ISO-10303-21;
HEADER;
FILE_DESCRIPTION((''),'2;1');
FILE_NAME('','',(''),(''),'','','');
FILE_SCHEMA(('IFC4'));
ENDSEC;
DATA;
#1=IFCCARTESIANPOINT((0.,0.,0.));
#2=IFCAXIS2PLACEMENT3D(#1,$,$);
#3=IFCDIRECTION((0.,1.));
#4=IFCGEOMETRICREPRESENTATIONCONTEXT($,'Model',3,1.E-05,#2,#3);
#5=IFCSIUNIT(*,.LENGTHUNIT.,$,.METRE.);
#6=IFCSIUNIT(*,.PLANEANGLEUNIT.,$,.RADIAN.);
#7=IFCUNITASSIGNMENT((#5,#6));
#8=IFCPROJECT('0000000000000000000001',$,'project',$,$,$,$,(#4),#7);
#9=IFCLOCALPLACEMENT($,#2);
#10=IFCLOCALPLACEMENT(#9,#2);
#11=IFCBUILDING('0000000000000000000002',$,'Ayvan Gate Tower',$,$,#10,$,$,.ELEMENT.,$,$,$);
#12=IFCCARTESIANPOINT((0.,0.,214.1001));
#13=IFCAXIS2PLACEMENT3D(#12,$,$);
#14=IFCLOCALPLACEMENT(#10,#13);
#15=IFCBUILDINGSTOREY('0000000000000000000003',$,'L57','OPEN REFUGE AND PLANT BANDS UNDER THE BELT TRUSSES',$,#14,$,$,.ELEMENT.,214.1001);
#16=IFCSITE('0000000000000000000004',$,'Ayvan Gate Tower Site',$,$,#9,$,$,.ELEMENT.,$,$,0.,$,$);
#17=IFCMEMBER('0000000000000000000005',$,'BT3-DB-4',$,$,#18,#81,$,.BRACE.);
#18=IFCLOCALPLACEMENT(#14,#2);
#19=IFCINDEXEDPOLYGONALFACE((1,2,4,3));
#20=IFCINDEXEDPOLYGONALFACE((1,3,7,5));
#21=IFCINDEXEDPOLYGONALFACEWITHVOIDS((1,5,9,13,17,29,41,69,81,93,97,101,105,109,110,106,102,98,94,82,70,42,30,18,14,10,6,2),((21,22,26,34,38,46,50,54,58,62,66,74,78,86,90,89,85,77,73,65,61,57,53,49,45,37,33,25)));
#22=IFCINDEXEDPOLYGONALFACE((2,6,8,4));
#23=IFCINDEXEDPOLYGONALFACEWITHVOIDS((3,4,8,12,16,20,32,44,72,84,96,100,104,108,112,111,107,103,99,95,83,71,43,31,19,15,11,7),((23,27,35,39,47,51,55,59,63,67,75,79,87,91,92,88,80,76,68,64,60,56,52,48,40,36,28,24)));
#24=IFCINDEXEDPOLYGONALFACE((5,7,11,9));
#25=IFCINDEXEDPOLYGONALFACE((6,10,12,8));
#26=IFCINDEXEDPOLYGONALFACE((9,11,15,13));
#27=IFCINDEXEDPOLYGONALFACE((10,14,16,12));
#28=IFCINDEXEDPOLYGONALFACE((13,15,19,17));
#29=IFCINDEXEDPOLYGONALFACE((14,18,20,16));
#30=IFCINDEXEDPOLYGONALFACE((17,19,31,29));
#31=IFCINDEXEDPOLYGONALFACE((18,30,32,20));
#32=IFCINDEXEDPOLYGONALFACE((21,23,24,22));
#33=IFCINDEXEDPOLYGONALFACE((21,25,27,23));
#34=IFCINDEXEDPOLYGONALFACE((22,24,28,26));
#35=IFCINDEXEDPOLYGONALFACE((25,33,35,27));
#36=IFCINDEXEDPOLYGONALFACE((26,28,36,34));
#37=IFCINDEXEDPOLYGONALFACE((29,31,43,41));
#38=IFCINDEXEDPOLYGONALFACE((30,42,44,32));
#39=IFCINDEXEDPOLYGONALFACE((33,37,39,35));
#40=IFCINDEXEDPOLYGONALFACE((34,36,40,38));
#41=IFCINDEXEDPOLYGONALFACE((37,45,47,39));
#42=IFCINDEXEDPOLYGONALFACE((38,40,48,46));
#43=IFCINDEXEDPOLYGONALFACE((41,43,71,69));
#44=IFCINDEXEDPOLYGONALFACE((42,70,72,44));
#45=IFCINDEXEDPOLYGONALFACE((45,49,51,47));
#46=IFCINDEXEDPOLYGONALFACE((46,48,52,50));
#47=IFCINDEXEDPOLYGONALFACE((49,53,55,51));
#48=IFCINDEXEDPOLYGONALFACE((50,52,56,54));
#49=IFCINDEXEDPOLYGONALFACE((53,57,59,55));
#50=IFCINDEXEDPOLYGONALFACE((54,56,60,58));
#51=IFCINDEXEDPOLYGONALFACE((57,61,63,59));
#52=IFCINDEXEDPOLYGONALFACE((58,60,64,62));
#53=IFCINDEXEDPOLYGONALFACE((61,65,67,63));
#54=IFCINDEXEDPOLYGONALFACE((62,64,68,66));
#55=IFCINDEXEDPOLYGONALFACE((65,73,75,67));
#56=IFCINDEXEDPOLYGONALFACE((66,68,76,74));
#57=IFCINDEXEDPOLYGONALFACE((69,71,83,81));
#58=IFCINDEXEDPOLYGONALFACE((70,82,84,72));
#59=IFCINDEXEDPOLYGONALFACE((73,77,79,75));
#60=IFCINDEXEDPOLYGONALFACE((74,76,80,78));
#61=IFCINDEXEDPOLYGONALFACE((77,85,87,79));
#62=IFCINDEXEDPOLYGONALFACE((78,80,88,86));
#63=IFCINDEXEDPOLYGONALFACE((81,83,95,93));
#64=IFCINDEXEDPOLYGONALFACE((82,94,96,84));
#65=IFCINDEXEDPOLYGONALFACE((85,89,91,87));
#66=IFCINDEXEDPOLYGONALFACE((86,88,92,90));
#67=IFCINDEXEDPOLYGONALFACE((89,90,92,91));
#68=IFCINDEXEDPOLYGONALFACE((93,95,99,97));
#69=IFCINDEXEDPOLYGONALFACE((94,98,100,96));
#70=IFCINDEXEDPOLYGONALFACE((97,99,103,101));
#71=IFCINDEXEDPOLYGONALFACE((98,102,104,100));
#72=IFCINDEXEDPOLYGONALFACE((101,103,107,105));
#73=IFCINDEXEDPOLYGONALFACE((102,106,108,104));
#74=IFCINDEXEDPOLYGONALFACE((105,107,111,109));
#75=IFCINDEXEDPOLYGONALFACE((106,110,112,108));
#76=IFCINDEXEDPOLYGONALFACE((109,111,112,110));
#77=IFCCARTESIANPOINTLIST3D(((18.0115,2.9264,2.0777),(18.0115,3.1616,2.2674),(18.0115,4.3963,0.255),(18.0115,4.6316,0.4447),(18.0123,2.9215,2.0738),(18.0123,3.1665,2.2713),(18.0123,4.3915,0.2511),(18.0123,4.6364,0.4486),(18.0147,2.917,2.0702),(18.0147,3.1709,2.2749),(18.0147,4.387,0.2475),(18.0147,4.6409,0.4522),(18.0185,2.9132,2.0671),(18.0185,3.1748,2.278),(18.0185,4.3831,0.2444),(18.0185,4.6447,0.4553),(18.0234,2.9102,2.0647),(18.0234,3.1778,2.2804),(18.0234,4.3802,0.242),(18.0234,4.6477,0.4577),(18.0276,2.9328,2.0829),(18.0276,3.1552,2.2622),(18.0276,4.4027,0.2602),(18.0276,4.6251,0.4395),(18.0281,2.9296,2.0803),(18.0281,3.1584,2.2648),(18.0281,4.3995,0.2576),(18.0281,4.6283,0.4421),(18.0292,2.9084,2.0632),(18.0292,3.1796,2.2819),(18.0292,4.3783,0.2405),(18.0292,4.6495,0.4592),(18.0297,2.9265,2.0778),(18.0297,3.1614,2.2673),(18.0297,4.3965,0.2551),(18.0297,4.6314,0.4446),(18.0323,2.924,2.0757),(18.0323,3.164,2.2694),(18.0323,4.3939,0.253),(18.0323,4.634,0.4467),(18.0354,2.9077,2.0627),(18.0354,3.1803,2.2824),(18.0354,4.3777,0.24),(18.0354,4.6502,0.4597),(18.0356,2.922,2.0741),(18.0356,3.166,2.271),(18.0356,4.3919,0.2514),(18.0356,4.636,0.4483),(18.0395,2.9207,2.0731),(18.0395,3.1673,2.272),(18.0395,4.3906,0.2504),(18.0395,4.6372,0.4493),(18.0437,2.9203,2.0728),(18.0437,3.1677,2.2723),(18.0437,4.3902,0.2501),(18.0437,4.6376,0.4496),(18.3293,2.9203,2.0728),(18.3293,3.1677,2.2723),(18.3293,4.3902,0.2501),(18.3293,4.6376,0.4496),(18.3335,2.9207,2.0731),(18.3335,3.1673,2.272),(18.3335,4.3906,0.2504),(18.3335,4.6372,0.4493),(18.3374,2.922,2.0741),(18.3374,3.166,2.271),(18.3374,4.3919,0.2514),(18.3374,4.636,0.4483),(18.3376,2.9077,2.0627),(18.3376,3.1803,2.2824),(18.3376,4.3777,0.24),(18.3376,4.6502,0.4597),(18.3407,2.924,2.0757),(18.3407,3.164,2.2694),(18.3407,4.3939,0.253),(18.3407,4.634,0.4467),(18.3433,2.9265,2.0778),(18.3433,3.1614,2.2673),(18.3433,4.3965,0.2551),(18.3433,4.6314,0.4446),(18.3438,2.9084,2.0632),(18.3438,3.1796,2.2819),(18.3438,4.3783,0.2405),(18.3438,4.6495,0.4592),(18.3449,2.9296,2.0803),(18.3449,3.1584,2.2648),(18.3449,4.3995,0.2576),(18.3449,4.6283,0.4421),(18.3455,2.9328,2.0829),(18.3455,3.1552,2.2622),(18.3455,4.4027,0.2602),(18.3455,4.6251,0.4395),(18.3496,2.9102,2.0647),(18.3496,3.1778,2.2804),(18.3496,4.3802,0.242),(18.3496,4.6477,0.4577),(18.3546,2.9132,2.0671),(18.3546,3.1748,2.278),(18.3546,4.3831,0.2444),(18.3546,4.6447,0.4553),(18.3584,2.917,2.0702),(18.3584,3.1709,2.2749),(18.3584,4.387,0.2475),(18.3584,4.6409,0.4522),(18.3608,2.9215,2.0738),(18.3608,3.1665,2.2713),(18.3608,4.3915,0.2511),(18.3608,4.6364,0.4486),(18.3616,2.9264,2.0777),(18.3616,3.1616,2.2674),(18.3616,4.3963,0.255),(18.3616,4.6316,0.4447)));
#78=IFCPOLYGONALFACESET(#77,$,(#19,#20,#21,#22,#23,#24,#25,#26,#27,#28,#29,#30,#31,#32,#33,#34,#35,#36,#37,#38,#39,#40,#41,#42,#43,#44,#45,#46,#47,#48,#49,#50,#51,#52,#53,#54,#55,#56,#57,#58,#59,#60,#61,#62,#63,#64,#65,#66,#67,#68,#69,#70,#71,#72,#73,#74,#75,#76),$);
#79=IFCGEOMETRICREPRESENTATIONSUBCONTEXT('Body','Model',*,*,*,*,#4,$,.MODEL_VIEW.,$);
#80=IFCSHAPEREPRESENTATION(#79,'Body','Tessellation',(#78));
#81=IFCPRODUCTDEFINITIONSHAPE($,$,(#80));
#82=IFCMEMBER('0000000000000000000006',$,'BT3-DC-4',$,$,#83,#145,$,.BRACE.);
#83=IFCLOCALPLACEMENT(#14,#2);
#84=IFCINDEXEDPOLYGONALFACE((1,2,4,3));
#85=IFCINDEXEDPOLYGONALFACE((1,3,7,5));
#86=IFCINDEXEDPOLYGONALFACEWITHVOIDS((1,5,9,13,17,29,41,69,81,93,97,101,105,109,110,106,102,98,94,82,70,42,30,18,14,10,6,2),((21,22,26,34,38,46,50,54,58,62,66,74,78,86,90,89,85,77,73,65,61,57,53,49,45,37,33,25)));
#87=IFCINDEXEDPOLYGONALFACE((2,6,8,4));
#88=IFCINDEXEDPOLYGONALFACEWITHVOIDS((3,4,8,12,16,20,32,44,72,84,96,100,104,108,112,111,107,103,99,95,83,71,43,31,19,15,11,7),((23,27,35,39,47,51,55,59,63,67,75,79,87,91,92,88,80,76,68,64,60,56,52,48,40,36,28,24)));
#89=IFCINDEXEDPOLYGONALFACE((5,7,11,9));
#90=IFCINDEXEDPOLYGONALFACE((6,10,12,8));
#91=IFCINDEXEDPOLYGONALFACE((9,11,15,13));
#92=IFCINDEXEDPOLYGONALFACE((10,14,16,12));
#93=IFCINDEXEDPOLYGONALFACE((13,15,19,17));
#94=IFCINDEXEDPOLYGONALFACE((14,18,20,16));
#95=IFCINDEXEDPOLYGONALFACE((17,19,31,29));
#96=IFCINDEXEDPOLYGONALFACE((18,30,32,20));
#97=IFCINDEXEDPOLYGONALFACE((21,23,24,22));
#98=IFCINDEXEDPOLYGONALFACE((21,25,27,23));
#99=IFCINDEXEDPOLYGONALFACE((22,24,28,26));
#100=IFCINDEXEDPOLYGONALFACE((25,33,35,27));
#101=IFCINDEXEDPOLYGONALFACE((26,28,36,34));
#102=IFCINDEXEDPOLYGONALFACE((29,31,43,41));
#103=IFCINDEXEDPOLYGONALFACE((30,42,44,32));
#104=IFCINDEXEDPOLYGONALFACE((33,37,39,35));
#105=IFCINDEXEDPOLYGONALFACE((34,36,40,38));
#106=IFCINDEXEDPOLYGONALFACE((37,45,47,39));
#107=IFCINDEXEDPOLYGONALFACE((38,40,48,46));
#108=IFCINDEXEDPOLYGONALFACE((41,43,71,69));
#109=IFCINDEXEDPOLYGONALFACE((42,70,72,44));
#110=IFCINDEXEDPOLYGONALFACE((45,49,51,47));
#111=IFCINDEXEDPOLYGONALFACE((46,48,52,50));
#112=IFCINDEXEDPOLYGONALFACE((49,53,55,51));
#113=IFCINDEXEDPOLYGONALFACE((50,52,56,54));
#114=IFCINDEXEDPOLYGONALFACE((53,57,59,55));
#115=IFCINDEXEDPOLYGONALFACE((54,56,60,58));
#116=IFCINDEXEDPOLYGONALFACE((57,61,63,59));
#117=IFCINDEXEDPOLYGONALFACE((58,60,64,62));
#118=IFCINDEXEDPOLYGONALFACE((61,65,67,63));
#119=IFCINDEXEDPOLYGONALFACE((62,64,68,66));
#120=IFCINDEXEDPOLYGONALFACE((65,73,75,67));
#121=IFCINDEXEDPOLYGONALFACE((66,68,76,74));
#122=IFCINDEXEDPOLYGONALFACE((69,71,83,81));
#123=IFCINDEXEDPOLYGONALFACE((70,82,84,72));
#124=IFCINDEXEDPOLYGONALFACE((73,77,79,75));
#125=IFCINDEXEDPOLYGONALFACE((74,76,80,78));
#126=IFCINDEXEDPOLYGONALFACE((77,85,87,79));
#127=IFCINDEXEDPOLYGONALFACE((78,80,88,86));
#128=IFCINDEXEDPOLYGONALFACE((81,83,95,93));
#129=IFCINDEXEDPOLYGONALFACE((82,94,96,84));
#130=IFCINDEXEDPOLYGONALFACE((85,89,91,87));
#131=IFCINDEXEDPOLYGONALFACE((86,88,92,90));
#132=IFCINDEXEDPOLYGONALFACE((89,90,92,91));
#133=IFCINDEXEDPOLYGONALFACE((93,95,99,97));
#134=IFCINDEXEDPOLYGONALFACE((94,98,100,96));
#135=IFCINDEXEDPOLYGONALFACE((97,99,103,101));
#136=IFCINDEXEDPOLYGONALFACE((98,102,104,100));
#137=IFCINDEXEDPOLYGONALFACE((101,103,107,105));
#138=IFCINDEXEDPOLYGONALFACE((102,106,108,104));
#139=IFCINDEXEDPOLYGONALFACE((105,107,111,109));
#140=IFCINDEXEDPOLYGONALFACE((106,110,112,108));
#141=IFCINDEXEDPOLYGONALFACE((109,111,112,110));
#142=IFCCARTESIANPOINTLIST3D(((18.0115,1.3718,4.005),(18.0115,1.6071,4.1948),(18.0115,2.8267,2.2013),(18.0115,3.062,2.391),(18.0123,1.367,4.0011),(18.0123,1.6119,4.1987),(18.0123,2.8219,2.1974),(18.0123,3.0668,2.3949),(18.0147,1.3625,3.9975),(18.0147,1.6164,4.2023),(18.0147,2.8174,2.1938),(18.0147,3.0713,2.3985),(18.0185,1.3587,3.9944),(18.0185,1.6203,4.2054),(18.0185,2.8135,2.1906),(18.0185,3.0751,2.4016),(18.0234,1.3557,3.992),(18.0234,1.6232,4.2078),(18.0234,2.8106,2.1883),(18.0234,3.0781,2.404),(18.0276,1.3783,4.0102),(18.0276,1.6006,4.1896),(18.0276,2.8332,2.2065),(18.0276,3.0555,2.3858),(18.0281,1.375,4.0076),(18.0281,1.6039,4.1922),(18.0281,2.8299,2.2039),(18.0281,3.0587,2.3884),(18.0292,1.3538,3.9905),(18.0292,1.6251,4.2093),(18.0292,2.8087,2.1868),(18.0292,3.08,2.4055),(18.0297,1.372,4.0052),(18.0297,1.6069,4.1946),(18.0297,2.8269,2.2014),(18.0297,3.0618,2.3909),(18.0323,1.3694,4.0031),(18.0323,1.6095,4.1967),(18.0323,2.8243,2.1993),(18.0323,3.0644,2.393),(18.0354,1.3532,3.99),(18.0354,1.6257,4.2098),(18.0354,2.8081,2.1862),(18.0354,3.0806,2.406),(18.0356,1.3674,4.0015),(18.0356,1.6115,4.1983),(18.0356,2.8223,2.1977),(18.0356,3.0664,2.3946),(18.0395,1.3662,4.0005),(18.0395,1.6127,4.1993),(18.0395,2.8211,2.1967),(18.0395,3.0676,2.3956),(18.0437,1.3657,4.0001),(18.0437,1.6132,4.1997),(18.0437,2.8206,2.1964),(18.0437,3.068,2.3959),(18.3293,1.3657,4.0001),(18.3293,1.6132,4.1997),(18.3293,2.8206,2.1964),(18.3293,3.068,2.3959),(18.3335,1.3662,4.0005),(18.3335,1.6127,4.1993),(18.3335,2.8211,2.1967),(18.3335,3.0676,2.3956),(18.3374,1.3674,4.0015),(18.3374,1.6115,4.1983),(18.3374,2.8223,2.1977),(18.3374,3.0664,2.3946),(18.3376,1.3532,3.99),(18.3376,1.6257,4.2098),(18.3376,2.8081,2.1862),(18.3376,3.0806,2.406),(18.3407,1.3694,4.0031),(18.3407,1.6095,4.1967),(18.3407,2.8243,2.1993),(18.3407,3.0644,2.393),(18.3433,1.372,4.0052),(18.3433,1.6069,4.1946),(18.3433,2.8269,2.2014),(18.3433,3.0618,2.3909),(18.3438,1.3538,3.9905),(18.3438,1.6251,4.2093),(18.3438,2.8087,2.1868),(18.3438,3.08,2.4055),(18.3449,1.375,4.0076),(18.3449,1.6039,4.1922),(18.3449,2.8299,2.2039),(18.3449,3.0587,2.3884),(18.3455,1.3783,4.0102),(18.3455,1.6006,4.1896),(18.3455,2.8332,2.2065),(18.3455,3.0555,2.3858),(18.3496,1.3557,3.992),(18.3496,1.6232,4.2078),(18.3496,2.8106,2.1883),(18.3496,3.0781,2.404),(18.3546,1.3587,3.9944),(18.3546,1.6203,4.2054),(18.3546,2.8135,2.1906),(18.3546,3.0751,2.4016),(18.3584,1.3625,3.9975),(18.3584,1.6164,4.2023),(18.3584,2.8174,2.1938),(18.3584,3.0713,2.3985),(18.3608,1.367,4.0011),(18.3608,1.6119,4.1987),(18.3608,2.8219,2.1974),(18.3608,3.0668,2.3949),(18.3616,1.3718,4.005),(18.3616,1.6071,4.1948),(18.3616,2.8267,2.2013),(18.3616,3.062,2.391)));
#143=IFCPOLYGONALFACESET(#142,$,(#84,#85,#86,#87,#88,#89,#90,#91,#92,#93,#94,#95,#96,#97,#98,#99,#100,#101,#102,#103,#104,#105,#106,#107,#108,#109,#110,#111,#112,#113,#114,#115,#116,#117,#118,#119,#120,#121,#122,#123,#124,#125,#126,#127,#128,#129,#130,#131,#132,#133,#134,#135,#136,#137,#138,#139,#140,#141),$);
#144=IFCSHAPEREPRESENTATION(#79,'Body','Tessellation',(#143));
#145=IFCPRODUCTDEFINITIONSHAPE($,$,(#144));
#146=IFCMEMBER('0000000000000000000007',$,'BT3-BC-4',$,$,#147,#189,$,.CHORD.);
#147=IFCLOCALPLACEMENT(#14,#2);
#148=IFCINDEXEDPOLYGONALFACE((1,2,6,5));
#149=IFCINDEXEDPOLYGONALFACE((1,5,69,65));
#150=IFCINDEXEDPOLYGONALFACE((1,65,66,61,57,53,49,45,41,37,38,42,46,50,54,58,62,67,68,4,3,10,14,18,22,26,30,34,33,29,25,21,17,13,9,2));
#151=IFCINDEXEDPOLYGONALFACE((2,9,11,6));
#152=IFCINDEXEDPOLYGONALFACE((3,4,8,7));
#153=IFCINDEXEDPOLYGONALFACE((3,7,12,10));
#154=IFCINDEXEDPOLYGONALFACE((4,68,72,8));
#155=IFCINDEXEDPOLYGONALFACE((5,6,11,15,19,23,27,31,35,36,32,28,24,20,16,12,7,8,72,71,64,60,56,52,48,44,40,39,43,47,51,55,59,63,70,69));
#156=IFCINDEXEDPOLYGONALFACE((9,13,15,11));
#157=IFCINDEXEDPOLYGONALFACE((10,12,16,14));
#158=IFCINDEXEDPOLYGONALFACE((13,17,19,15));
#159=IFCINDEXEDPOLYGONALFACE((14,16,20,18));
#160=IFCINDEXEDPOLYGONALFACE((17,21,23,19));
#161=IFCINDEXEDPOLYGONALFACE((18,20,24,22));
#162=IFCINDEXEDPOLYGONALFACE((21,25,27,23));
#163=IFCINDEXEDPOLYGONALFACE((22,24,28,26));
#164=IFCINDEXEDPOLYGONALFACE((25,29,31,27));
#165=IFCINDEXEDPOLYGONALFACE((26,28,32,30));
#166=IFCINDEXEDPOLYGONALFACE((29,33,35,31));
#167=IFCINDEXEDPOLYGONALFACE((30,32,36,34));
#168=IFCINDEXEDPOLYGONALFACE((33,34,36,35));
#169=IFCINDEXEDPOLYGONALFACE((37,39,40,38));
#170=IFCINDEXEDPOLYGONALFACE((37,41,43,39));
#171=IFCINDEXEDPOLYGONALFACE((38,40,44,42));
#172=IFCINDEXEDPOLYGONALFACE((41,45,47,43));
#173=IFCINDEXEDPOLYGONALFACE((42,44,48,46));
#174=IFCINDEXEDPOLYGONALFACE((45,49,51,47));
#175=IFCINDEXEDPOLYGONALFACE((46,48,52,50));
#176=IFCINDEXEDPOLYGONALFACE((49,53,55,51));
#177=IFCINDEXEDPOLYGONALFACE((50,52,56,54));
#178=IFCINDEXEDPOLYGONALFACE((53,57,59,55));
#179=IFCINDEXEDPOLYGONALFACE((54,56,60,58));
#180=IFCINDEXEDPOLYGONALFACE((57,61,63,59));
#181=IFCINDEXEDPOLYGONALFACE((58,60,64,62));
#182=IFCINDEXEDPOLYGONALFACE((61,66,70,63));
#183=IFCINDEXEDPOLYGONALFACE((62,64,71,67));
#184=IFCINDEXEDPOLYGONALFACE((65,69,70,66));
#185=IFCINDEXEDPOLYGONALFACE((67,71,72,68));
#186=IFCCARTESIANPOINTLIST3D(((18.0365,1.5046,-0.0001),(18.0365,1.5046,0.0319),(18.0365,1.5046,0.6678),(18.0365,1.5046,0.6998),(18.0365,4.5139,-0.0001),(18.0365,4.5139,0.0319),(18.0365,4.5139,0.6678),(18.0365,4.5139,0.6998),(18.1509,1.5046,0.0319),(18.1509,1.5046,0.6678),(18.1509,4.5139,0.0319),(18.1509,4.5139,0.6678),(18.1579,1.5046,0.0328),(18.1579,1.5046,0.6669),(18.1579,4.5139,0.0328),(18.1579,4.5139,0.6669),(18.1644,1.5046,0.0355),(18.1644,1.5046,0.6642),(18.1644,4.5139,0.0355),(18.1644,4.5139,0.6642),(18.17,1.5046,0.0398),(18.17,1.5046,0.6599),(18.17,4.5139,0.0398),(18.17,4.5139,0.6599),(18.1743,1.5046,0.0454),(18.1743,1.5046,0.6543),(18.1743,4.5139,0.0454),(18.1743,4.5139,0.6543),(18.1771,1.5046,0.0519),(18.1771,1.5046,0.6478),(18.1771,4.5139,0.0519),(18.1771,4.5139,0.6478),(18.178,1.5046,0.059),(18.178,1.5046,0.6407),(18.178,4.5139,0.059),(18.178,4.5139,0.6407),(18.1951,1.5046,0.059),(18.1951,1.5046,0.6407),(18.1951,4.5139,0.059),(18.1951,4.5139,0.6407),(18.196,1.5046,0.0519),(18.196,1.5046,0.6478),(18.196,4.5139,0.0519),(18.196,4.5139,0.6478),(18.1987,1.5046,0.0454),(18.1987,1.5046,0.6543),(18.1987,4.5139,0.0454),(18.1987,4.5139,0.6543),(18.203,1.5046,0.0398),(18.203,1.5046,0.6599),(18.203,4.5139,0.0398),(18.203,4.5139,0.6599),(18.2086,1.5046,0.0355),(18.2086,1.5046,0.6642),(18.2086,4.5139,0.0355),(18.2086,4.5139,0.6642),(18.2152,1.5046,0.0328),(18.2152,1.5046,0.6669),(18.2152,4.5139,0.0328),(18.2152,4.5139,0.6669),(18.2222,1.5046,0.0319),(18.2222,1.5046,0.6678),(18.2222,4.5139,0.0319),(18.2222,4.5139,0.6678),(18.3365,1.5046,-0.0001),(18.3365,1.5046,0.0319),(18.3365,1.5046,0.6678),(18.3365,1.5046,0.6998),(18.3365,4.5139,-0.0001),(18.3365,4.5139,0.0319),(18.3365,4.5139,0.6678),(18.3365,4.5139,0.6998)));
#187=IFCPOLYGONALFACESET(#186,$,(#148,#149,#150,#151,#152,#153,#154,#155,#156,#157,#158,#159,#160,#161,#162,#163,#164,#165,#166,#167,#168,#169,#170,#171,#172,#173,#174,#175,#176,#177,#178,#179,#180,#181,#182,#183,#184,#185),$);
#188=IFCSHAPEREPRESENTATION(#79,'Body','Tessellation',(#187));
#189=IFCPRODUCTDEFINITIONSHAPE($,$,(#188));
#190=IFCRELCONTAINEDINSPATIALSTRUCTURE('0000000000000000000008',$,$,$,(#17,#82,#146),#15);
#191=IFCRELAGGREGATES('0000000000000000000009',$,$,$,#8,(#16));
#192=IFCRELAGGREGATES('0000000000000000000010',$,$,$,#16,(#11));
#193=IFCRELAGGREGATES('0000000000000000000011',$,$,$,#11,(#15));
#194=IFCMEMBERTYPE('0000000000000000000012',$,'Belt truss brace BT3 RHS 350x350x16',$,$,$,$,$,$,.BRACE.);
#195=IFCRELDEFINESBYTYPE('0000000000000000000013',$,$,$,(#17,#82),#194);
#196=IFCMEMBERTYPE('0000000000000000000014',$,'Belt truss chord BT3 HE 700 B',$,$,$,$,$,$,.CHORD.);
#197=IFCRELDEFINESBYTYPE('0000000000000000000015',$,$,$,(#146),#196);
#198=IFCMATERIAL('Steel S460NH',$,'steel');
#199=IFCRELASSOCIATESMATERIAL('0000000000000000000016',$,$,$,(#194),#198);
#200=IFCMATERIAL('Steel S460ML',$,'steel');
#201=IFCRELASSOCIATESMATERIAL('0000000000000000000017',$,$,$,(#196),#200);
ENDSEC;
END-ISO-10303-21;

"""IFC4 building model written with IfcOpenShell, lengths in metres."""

from ifc_helpers import new_model, si_unit, direction, frame, origin, origin_2d, place, context, subcontext, project, spatial, hollow_rectangle, i_section, extrude, material, material_profile, profile_set, type_object, element, save


model = new_model("IFC4")

# Units and contexts
model_context = context("Model", 3, precision=1e-05, world=origin(), true_north=direction((0.0, 1.0)))
body_context = subcontext(model_context, "Body", "Model", "MODEL_VIEW")
ifc_project = project(units=[si_unit("LENGTHUNIT", "METRE"), si_unit("PLANEANGLEUNIT", "RADIAN")], contexts=[model_context])

# Site, building, storey
site_placement = place(None, origin())
site = spatial("IfcSite", under=ifc_project, at=site_placement, Name="Ayvan Gate Tower Site", CompositionType="ELEMENT", RefElevation=0.0)
building_placement = place(site_placement, origin())
building = spatial("IfcBuilding", under=site, at=building_placement, Name="Ayvan Gate Tower", CompositionType="ELEMENT")
storey_placement = place(building_placement, frame((0.0, 0.0, 214.1001)))
storey = spatial("IfcBuildingStorey", under=building, at=storey_placement, Name="L57", Description="OPEN REFUGE AND PLANT BANDS UNDER THE BELT TRUSSES", CompositionType="ELEMENT", Elevation=214.1001)

# Members
ifc_material_1 = material(Name="Steel S460NH", Category="steel")
ifc_material_profile_1 = material_profile(ifc_material_1, hollow_rectangle(XDim=0.3501, YDim=0.3501, WallThickness=0.0161, InnerFilletRadius=0.0161, OuterFilletRadius=0.0239, at=origin_2d()), Name="RHS 350x350x16")
ifc_profile_set_1 = profile_set([ifc_material_profile_1], Name="Steel S460NH")
member_type_1 = type_object("IfcMemberType", Name="Belt truss brace BT3 RHS 350x350x16", PredefinedType="BRACE", material=ifc_profile_set_1)
member_1_placement = place(storey_placement, frame((18.1865, 4.5139, 0.3499), z_axis=(0.0, -0.627754, 0.778411), x_axis=(1.0, 0.0, 0.0)))
element("IfcMember", 1, at=member_1_placement, inside=storey, type_object=member_type_1, Name="BT3-DB-4", PredefinedType="BRACE", context=body_context, shape_type="SweptSolid", body=[
    extrude(hollow_rectangle(XDim=0.3501, YDim=0.3501, WallThickness=0.0161, InnerFilletRadius=0.0161, OuterFilletRadius=0.0239, at=origin_2d()), origin(), (0.0, 0.0, 1.0), 2.3416),
])
member_2_placement = place(storey_placement, frame((18.1865, 2.9443, 2.2961), z_axis=(0.0, -0.627812, 0.778365), x_axis=(1.0, 0.0, 0.0)))
element("IfcMember", 2, at=member_2_placement, inside=storey, type_object=member_type_1, Name="BT3-DC-4", PredefinedType="BRACE", context=body_context, shape_type="SweptSolid", body=[
    extrude(hollow_rectangle(XDim=0.3501, YDim=0.3501, WallThickness=0.0161, InnerFilletRadius=0.0161, OuterFilletRadius=0.0239, at=origin_2d()), origin(), (0.0, 0.0, 1.0), 2.3174),
])
ifc_material_2 = material(Name="Steel S460ML", Category="steel")
ifc_material_profile_2 = material_profile(ifc_material_2, i_section(OverallWidth=0.3, OverallDepth=0.7, WebThickness=0.0171, FlangeThickness=0.032, FilletRadius=0.0271, at=origin_2d()), Name="HE 700 B")
ifc_profile_set_2 = profile_set([ifc_material_profile_2], Name="Steel S460ML")
member_type_2 = type_object("IfcMemberType", Name="Belt truss chord BT3 HE 700 B", PredefinedType="CHORD", material=ifc_profile_set_2)
member_3_placement = place(storey_placement, frame((18.1865, 1.5046, 0.3499), z_axis=(0.0, 1.0, 0.0), x_axis=(-1.0, 0.0, 0.0)))
element("IfcMember", 3, at=member_3_placement, inside=storey, type_object=member_type_2, Name="BT3-BC-4", PredefinedType="CHORD", context=body_context, shape_type="SweptSolid", body=[
    extrude(i_section(OverallWidth=0.3, OverallDepth=0.7, WebThickness=0.0171, FlangeThickness=0.032, FilletRadius=0.0271, at=origin_2d()), origin(), (0.0, 0.0, 1.0), 3.0093),
])

save(model, "model.ifc")
